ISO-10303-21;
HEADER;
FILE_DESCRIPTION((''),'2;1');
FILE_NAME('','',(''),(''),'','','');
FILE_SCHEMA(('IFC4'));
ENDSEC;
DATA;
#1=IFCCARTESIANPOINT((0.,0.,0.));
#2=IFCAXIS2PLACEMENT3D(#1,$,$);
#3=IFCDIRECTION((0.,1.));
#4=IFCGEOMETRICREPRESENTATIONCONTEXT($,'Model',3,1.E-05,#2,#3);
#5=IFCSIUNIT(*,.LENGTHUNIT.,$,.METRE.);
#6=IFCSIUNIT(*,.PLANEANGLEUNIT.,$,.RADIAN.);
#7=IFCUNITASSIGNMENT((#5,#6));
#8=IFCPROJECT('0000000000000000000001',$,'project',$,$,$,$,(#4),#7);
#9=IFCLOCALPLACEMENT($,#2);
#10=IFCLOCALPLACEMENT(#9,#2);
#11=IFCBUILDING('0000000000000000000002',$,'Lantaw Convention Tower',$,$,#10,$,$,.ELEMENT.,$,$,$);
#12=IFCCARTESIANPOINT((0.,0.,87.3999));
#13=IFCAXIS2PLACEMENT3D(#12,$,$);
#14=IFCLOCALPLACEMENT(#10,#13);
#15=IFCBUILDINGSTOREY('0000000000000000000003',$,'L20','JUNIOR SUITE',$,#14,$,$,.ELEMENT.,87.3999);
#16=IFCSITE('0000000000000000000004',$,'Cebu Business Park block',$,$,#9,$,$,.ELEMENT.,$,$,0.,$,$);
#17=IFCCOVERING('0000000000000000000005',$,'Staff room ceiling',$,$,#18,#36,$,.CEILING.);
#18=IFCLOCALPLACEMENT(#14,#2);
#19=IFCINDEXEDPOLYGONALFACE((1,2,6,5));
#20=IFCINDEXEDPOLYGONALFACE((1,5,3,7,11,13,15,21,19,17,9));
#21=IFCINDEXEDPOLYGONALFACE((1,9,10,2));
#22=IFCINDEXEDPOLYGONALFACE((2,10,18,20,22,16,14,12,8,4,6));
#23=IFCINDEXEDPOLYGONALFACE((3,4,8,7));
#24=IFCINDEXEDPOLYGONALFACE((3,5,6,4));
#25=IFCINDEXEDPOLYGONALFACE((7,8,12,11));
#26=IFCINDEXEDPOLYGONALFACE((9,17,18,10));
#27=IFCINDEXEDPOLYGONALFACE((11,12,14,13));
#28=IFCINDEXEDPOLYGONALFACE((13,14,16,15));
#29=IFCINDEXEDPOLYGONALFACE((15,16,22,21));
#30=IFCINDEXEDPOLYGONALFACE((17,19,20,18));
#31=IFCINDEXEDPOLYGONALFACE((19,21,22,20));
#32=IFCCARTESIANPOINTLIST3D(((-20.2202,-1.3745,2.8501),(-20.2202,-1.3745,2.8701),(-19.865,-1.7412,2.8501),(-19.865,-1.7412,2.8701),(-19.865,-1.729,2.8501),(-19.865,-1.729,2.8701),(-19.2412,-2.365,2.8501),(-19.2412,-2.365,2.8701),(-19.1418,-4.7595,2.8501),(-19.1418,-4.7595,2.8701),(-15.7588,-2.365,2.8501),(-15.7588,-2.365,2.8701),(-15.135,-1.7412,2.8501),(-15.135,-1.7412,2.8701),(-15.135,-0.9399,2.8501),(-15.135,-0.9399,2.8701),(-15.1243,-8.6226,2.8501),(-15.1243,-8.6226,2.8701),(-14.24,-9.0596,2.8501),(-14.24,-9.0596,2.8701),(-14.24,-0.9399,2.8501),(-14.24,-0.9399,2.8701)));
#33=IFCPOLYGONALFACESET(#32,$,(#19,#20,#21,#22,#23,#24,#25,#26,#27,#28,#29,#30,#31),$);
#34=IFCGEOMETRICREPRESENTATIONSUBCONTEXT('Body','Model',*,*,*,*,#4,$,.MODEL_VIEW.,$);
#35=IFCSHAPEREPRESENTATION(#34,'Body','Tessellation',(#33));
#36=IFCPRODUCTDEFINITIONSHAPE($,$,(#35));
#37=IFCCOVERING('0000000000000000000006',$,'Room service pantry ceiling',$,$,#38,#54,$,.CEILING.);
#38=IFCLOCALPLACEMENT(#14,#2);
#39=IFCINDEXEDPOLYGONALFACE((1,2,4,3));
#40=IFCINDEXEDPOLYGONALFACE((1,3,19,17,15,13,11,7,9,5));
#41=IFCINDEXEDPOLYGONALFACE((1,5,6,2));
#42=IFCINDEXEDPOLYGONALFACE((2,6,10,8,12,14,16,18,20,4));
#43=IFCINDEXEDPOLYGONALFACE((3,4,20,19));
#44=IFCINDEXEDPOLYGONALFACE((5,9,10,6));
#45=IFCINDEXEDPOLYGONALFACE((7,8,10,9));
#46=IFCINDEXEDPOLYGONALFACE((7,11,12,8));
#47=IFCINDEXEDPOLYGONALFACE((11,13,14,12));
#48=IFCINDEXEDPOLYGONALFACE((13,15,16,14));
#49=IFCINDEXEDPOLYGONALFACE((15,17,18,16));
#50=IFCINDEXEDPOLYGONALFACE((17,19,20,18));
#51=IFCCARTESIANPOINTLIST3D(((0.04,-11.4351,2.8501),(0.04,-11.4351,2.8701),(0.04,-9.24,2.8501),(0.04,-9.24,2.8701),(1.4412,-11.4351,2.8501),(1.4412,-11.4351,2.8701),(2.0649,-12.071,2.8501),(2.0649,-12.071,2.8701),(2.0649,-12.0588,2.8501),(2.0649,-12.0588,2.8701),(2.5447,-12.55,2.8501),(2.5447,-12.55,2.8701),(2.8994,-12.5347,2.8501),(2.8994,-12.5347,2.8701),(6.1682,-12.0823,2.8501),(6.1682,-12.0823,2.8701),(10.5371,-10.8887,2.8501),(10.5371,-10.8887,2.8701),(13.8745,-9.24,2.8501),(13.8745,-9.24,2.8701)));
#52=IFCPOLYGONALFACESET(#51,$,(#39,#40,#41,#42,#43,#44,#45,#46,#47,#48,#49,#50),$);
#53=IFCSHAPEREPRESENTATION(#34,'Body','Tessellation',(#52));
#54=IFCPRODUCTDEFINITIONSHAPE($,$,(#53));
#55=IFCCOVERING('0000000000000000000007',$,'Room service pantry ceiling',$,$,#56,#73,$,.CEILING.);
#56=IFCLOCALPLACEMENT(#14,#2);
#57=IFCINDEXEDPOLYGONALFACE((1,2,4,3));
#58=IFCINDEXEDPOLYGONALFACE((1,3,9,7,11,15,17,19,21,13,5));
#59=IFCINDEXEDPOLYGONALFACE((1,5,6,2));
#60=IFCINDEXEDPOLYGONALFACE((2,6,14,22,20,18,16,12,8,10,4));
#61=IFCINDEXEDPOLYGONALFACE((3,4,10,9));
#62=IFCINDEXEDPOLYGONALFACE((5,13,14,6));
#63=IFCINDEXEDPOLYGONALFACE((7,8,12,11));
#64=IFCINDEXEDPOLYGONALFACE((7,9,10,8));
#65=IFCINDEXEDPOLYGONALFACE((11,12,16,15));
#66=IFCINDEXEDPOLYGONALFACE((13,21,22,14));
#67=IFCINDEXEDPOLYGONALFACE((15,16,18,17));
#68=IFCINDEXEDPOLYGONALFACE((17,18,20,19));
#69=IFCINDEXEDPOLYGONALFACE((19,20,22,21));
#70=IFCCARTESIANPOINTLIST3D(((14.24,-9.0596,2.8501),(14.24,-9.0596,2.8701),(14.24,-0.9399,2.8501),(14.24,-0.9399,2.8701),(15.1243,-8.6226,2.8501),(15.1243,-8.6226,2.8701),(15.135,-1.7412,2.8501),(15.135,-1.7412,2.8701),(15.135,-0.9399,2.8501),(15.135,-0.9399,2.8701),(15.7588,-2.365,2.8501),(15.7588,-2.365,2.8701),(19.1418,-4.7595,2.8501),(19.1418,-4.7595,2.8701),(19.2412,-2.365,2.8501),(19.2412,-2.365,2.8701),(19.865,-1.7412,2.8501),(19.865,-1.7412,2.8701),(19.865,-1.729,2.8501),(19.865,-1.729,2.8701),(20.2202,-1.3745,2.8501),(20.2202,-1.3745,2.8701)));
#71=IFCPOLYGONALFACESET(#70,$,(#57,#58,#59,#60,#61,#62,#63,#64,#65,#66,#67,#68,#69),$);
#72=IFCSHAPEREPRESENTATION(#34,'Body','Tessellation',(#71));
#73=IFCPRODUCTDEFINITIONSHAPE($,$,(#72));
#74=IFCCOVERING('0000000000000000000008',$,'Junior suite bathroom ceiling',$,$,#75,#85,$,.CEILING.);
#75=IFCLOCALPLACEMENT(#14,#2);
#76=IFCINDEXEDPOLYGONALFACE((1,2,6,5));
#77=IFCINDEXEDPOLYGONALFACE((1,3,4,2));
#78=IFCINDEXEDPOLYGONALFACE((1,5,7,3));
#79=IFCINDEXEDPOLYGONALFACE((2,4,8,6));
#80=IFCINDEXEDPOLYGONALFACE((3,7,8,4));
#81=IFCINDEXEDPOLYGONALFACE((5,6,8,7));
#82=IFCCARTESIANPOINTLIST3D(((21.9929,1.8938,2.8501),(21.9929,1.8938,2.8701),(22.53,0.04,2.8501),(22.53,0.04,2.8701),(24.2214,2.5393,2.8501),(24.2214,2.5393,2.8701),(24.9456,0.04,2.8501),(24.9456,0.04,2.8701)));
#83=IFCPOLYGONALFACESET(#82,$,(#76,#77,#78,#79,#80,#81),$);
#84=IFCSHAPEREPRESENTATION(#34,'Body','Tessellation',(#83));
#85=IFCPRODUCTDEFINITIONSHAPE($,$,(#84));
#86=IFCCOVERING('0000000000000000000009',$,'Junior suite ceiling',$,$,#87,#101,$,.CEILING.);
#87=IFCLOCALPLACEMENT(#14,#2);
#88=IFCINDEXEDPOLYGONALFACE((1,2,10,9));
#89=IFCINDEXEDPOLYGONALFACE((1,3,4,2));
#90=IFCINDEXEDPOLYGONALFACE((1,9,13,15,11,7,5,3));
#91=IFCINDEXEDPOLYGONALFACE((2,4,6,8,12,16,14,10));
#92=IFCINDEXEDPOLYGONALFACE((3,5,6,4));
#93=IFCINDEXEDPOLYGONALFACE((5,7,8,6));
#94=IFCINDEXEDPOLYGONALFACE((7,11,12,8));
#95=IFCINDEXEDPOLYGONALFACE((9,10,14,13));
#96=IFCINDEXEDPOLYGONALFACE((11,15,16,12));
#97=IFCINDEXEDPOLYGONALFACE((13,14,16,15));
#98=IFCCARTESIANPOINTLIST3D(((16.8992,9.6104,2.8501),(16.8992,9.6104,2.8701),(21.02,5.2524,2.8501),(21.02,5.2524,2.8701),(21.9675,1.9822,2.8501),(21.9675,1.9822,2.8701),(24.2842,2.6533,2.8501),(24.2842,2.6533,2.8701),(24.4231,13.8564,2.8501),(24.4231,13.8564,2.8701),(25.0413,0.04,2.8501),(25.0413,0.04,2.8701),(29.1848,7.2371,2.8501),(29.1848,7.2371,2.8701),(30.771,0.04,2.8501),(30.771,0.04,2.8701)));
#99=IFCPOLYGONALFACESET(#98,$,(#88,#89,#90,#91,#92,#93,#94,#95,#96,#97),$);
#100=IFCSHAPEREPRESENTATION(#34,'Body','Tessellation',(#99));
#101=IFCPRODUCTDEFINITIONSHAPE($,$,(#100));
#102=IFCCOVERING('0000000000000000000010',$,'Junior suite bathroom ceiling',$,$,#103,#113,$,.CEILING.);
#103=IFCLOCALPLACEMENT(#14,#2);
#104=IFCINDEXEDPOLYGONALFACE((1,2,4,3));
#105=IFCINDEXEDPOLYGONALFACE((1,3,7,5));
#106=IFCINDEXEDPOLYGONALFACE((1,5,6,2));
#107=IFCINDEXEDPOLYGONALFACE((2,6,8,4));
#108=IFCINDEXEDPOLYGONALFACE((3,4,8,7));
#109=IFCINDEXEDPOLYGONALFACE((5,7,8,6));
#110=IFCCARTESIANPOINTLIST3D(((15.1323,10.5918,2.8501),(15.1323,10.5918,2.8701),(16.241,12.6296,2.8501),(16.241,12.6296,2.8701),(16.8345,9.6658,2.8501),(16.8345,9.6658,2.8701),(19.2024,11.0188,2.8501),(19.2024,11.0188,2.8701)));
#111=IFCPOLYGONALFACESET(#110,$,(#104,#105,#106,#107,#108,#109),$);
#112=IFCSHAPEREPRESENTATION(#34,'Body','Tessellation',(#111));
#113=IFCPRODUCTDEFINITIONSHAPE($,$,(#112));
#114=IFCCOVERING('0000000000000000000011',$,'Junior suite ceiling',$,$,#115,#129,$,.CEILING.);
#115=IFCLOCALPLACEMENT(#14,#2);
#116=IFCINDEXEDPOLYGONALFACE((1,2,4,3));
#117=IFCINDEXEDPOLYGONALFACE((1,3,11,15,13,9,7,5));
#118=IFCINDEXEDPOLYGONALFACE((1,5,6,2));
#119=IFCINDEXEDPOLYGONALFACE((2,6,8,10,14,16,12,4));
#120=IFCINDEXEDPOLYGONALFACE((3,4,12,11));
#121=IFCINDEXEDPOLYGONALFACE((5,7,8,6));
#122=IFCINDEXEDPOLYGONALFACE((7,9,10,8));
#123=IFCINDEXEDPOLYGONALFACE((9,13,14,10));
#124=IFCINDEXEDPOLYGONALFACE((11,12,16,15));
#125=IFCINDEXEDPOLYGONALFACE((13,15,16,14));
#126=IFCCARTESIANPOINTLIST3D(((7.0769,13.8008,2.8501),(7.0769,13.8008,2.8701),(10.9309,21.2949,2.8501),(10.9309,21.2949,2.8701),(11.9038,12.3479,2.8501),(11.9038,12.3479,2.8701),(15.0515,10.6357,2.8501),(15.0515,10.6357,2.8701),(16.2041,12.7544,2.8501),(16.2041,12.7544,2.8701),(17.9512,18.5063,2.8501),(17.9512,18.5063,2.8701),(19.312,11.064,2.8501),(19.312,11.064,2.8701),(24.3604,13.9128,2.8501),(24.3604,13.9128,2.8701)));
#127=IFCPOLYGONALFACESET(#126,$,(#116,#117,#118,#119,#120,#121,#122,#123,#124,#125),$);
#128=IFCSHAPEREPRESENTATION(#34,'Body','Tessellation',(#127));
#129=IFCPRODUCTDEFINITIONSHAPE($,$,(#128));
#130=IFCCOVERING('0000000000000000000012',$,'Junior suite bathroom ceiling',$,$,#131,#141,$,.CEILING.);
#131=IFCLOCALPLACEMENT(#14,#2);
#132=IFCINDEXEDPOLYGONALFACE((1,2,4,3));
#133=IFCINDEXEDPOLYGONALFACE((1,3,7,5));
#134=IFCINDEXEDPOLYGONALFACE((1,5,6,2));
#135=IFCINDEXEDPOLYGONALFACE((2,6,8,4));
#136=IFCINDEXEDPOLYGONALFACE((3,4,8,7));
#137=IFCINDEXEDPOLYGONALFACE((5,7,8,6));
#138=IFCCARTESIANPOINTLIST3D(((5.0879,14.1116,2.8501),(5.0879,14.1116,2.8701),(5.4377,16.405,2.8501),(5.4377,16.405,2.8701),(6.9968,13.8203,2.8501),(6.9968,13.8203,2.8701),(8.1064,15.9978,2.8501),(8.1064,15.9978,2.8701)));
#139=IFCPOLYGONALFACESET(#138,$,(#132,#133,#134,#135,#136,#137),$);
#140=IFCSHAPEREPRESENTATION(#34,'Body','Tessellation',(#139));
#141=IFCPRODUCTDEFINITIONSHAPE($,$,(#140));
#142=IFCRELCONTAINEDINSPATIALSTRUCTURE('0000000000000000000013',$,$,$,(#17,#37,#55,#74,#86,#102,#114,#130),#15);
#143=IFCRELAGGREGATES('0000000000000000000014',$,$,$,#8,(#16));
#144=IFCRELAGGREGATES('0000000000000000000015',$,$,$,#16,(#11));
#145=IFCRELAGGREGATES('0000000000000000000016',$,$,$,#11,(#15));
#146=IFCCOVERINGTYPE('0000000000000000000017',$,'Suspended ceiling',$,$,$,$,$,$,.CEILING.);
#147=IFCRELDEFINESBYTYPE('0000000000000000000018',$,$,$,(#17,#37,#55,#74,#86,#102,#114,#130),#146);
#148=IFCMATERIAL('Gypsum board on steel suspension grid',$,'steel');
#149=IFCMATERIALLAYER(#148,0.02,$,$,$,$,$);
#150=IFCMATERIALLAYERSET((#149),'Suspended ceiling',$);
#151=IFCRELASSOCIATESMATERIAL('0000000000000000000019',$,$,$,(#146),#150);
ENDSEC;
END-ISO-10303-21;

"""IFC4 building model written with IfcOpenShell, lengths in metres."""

from ifc_helpers import new_model, si_unit, direction, frame, origin, place, context, subcontext, project, spatial, polyline, outline, extrude, material, layer, layer_set, type_object, element, save


model = new_model("IFC4")

# Units and contexts
model_context = context("Model", 3, precision=1e-05, world=origin(), true_north=direction((0.0, 1.0)))
body_context = subcontext(model_context, "Body", "Model", "MODEL_VIEW")
ifc_project = project(units=[si_unit("LENGTHUNIT", "METRE"), si_unit("PLANEANGLEUNIT", "RADIAN")], contexts=[model_context])

# Site, building, storey
site_placement = place(None, origin())
site = spatial("IfcSite", under=ifc_project, at=site_placement, Name="Cebu Business Park block", CompositionType="ELEMENT", RefElevation=0.0)
building_placement = place(site_placement, origin())
building = spatial("IfcBuilding", under=site, at=building_placement, Name="Lantaw Convention Tower", CompositionType="ELEMENT")
storey_placement = place(building_placement, frame((0.0, 0.0, 87.3999)))
storey = spatial("IfcBuildingStorey", under=building, at=storey_placement, Name="L20", Description="JUNIOR SUITE", CompositionType="ELEMENT", Elevation=87.3999)

# Coverings
ifc_material_1 = material(Name="Gypsum board on steel suspension grid", Category="steel")
ifc_layer_1 = layer(ifc_material_1, 0.02)
ifc_layer_set_1 = layer_set([ifc_layer_1], Name="Suspended ceiling")
covering_type = type_object("IfcCoveringType", Name="Suspended ceiling", PredefinedType="CEILING", material=ifc_layer_set_1)
covering_1_placement = place(storey_placement, frame((0.0, 0.0, 2.8501)))
element("IfcCovering", 1, at=covering_1_placement, inside=storey, type_object=covering_type, Name="Staff room ceiling", PredefinedType="CEILING", context=body_context, shape_type="SweptSolid", body=[
    extrude(outline(polyline([(-19.865, -1.7412), (-19.865, -1.729), (-20.2202, -1.3745), (-19.1418, -4.7595), (-15.1243, -8.6226), (-14.24, -9.0596), (-14.24, -0.9399), (-15.135, -0.9399), (-15.135, -1.7412), (-15.7588, -2.365), (-19.2412, -2.365), (-19.865, -1.7412)])), origin(), (0.0, 0.0, 1.0), 0.02),
])
covering_2_placement = place(storey_placement, frame((0.0, 0.0, 2.8501)))
element("IfcCovering", 2, at=covering_2_placement, inside=storey, type_object=covering_type, Name="Room service pantry ceiling", PredefinedType="CEILING", context=body_context, shape_type="SweptSolid", body=[
    extrude(outline(polyline([(2.0649, -12.071), (2.5447, -12.55), (2.8994, -12.5347), (6.1682, -12.0823), (10.5371, -10.8887), (13.8745, -9.24), (0.04, -9.24), (0.04, -11.4351), (1.4412, -11.4351), (2.0649, -12.0588), (2.0649, -12.071)])), origin(), (0.0, 0.0, 1.0), 0.02),
])
covering_3_placement = place(storey_placement, frame((0.0, 0.0, 2.8501)))
element("IfcCovering", 3, at=covering_3_placement, inside=storey, type_object=covering_type, Name="Room service pantry ceiling", PredefinedType="CEILING", context=body_context, shape_type="SweptSolid", body=[
    extrude(outline(polyline([(14.24, -0.9399), (14.24, -9.0596), (15.1243, -8.6226), (19.1418, -4.7595), (20.2202, -1.3745), (19.865, -1.729), (19.865, -1.7412), (19.2412, -2.365), (15.7588, -2.365), (15.135, -1.7412), (15.135, -0.9399), (14.24, -0.9399)])), origin(), (0.0, 0.0, 1.0), 0.02),
])
covering_4_placement = place(storey_placement, frame((0.0, 0.0, 2.8501)))
element("IfcCovering", 4, at=covering_4_placement, inside=storey, type_object=covering_type, Name="Junior suite bathroom ceiling", PredefinedType="CEILING", context=body_context, shape_type="SweptSolid", body=[
    extrude(outline(polyline([(22.53, 0.04), (24.9456, 0.04), (24.2214, 2.5393), (21.9929, 1.8938), (22.53, 0.04)])), origin(), (0.0, 0.0, 1.0), 0.02),
])
covering_5_placement = place(storey_placement, frame((0.0, 0.0, 2.8501)))
element("IfcCovering", 5, at=covering_5_placement, inside=storey, type_object=covering_type, Name="Junior suite ceiling", PredefinedType="CEILING", context=body_context, shape_type="SweptSolid", body=[
    extrude(outline(polyline([(16.8992, 9.6104), (21.02, 5.2524), (21.9675, 1.9822), (24.2842, 2.6533), (25.0413, 0.04), (30.771, 0.04), (29.1848, 7.2371), (24.4231, 13.8564), (16.8992, 9.6104)])), origin(), (0.0, 0.0, 1.0), 0.02),
])
covering_6_placement = place(storey_placement, frame((0.0, 0.0, 2.8501)))
element("IfcCovering", 6, at=covering_6_placement, inside=storey, type_object=covering_type, Name="Junior suite bathroom ceiling", PredefinedType="CEILING", context=body_context, shape_type="SweptSolid", body=[
    extrude(outline(polyline([(16.8345, 9.6658), (19.2024, 11.0188), (16.241, 12.6296), (15.1323, 10.5918), (16.8345, 9.6658)])), origin(), (0.0, 0.0, 1.0), 0.02),
])
covering_7_placement = place(storey_placement, frame((0.0, 0.0, 2.8501)))
element("IfcCovering", 7, at=covering_7_placement, inside=storey, type_object=covering_type, Name="Junior suite ceiling", PredefinedType="CEILING", context=body_context, shape_type="SweptSolid", body=[
    extrude(outline(polyline([(7.0769, 13.8008), (11.9038, 12.3479), (15.0515, 10.6357), (16.2041, 12.7544), (19.312, 11.064), (24.3604, 13.9128), (17.9512, 18.5063), (10.9309, 21.2949), (7.0769, 13.8008)])), origin(), (0.0, 0.0, 1.0), 0.02),
])
covering_8_placement = place(storey_placement, frame((0.0, 0.0, 2.8501)))
element("IfcCovering", 8, at=covering_8_placement, inside=storey, type_object=covering_type, Name="Junior suite bathroom ceiling", PredefinedType="CEILING", context=body_context, shape_type="SweptSolid", body=[
    extrude(outline(polyline([(6.9968, 13.8203), (8.1064, 15.9978), (5.4377, 16.405), (5.0879, 14.1116), (6.9968, 13.8203)])), origin(), (0.0, 0.0, 1.0), 0.02),
])

save(model, "model.ifc")
